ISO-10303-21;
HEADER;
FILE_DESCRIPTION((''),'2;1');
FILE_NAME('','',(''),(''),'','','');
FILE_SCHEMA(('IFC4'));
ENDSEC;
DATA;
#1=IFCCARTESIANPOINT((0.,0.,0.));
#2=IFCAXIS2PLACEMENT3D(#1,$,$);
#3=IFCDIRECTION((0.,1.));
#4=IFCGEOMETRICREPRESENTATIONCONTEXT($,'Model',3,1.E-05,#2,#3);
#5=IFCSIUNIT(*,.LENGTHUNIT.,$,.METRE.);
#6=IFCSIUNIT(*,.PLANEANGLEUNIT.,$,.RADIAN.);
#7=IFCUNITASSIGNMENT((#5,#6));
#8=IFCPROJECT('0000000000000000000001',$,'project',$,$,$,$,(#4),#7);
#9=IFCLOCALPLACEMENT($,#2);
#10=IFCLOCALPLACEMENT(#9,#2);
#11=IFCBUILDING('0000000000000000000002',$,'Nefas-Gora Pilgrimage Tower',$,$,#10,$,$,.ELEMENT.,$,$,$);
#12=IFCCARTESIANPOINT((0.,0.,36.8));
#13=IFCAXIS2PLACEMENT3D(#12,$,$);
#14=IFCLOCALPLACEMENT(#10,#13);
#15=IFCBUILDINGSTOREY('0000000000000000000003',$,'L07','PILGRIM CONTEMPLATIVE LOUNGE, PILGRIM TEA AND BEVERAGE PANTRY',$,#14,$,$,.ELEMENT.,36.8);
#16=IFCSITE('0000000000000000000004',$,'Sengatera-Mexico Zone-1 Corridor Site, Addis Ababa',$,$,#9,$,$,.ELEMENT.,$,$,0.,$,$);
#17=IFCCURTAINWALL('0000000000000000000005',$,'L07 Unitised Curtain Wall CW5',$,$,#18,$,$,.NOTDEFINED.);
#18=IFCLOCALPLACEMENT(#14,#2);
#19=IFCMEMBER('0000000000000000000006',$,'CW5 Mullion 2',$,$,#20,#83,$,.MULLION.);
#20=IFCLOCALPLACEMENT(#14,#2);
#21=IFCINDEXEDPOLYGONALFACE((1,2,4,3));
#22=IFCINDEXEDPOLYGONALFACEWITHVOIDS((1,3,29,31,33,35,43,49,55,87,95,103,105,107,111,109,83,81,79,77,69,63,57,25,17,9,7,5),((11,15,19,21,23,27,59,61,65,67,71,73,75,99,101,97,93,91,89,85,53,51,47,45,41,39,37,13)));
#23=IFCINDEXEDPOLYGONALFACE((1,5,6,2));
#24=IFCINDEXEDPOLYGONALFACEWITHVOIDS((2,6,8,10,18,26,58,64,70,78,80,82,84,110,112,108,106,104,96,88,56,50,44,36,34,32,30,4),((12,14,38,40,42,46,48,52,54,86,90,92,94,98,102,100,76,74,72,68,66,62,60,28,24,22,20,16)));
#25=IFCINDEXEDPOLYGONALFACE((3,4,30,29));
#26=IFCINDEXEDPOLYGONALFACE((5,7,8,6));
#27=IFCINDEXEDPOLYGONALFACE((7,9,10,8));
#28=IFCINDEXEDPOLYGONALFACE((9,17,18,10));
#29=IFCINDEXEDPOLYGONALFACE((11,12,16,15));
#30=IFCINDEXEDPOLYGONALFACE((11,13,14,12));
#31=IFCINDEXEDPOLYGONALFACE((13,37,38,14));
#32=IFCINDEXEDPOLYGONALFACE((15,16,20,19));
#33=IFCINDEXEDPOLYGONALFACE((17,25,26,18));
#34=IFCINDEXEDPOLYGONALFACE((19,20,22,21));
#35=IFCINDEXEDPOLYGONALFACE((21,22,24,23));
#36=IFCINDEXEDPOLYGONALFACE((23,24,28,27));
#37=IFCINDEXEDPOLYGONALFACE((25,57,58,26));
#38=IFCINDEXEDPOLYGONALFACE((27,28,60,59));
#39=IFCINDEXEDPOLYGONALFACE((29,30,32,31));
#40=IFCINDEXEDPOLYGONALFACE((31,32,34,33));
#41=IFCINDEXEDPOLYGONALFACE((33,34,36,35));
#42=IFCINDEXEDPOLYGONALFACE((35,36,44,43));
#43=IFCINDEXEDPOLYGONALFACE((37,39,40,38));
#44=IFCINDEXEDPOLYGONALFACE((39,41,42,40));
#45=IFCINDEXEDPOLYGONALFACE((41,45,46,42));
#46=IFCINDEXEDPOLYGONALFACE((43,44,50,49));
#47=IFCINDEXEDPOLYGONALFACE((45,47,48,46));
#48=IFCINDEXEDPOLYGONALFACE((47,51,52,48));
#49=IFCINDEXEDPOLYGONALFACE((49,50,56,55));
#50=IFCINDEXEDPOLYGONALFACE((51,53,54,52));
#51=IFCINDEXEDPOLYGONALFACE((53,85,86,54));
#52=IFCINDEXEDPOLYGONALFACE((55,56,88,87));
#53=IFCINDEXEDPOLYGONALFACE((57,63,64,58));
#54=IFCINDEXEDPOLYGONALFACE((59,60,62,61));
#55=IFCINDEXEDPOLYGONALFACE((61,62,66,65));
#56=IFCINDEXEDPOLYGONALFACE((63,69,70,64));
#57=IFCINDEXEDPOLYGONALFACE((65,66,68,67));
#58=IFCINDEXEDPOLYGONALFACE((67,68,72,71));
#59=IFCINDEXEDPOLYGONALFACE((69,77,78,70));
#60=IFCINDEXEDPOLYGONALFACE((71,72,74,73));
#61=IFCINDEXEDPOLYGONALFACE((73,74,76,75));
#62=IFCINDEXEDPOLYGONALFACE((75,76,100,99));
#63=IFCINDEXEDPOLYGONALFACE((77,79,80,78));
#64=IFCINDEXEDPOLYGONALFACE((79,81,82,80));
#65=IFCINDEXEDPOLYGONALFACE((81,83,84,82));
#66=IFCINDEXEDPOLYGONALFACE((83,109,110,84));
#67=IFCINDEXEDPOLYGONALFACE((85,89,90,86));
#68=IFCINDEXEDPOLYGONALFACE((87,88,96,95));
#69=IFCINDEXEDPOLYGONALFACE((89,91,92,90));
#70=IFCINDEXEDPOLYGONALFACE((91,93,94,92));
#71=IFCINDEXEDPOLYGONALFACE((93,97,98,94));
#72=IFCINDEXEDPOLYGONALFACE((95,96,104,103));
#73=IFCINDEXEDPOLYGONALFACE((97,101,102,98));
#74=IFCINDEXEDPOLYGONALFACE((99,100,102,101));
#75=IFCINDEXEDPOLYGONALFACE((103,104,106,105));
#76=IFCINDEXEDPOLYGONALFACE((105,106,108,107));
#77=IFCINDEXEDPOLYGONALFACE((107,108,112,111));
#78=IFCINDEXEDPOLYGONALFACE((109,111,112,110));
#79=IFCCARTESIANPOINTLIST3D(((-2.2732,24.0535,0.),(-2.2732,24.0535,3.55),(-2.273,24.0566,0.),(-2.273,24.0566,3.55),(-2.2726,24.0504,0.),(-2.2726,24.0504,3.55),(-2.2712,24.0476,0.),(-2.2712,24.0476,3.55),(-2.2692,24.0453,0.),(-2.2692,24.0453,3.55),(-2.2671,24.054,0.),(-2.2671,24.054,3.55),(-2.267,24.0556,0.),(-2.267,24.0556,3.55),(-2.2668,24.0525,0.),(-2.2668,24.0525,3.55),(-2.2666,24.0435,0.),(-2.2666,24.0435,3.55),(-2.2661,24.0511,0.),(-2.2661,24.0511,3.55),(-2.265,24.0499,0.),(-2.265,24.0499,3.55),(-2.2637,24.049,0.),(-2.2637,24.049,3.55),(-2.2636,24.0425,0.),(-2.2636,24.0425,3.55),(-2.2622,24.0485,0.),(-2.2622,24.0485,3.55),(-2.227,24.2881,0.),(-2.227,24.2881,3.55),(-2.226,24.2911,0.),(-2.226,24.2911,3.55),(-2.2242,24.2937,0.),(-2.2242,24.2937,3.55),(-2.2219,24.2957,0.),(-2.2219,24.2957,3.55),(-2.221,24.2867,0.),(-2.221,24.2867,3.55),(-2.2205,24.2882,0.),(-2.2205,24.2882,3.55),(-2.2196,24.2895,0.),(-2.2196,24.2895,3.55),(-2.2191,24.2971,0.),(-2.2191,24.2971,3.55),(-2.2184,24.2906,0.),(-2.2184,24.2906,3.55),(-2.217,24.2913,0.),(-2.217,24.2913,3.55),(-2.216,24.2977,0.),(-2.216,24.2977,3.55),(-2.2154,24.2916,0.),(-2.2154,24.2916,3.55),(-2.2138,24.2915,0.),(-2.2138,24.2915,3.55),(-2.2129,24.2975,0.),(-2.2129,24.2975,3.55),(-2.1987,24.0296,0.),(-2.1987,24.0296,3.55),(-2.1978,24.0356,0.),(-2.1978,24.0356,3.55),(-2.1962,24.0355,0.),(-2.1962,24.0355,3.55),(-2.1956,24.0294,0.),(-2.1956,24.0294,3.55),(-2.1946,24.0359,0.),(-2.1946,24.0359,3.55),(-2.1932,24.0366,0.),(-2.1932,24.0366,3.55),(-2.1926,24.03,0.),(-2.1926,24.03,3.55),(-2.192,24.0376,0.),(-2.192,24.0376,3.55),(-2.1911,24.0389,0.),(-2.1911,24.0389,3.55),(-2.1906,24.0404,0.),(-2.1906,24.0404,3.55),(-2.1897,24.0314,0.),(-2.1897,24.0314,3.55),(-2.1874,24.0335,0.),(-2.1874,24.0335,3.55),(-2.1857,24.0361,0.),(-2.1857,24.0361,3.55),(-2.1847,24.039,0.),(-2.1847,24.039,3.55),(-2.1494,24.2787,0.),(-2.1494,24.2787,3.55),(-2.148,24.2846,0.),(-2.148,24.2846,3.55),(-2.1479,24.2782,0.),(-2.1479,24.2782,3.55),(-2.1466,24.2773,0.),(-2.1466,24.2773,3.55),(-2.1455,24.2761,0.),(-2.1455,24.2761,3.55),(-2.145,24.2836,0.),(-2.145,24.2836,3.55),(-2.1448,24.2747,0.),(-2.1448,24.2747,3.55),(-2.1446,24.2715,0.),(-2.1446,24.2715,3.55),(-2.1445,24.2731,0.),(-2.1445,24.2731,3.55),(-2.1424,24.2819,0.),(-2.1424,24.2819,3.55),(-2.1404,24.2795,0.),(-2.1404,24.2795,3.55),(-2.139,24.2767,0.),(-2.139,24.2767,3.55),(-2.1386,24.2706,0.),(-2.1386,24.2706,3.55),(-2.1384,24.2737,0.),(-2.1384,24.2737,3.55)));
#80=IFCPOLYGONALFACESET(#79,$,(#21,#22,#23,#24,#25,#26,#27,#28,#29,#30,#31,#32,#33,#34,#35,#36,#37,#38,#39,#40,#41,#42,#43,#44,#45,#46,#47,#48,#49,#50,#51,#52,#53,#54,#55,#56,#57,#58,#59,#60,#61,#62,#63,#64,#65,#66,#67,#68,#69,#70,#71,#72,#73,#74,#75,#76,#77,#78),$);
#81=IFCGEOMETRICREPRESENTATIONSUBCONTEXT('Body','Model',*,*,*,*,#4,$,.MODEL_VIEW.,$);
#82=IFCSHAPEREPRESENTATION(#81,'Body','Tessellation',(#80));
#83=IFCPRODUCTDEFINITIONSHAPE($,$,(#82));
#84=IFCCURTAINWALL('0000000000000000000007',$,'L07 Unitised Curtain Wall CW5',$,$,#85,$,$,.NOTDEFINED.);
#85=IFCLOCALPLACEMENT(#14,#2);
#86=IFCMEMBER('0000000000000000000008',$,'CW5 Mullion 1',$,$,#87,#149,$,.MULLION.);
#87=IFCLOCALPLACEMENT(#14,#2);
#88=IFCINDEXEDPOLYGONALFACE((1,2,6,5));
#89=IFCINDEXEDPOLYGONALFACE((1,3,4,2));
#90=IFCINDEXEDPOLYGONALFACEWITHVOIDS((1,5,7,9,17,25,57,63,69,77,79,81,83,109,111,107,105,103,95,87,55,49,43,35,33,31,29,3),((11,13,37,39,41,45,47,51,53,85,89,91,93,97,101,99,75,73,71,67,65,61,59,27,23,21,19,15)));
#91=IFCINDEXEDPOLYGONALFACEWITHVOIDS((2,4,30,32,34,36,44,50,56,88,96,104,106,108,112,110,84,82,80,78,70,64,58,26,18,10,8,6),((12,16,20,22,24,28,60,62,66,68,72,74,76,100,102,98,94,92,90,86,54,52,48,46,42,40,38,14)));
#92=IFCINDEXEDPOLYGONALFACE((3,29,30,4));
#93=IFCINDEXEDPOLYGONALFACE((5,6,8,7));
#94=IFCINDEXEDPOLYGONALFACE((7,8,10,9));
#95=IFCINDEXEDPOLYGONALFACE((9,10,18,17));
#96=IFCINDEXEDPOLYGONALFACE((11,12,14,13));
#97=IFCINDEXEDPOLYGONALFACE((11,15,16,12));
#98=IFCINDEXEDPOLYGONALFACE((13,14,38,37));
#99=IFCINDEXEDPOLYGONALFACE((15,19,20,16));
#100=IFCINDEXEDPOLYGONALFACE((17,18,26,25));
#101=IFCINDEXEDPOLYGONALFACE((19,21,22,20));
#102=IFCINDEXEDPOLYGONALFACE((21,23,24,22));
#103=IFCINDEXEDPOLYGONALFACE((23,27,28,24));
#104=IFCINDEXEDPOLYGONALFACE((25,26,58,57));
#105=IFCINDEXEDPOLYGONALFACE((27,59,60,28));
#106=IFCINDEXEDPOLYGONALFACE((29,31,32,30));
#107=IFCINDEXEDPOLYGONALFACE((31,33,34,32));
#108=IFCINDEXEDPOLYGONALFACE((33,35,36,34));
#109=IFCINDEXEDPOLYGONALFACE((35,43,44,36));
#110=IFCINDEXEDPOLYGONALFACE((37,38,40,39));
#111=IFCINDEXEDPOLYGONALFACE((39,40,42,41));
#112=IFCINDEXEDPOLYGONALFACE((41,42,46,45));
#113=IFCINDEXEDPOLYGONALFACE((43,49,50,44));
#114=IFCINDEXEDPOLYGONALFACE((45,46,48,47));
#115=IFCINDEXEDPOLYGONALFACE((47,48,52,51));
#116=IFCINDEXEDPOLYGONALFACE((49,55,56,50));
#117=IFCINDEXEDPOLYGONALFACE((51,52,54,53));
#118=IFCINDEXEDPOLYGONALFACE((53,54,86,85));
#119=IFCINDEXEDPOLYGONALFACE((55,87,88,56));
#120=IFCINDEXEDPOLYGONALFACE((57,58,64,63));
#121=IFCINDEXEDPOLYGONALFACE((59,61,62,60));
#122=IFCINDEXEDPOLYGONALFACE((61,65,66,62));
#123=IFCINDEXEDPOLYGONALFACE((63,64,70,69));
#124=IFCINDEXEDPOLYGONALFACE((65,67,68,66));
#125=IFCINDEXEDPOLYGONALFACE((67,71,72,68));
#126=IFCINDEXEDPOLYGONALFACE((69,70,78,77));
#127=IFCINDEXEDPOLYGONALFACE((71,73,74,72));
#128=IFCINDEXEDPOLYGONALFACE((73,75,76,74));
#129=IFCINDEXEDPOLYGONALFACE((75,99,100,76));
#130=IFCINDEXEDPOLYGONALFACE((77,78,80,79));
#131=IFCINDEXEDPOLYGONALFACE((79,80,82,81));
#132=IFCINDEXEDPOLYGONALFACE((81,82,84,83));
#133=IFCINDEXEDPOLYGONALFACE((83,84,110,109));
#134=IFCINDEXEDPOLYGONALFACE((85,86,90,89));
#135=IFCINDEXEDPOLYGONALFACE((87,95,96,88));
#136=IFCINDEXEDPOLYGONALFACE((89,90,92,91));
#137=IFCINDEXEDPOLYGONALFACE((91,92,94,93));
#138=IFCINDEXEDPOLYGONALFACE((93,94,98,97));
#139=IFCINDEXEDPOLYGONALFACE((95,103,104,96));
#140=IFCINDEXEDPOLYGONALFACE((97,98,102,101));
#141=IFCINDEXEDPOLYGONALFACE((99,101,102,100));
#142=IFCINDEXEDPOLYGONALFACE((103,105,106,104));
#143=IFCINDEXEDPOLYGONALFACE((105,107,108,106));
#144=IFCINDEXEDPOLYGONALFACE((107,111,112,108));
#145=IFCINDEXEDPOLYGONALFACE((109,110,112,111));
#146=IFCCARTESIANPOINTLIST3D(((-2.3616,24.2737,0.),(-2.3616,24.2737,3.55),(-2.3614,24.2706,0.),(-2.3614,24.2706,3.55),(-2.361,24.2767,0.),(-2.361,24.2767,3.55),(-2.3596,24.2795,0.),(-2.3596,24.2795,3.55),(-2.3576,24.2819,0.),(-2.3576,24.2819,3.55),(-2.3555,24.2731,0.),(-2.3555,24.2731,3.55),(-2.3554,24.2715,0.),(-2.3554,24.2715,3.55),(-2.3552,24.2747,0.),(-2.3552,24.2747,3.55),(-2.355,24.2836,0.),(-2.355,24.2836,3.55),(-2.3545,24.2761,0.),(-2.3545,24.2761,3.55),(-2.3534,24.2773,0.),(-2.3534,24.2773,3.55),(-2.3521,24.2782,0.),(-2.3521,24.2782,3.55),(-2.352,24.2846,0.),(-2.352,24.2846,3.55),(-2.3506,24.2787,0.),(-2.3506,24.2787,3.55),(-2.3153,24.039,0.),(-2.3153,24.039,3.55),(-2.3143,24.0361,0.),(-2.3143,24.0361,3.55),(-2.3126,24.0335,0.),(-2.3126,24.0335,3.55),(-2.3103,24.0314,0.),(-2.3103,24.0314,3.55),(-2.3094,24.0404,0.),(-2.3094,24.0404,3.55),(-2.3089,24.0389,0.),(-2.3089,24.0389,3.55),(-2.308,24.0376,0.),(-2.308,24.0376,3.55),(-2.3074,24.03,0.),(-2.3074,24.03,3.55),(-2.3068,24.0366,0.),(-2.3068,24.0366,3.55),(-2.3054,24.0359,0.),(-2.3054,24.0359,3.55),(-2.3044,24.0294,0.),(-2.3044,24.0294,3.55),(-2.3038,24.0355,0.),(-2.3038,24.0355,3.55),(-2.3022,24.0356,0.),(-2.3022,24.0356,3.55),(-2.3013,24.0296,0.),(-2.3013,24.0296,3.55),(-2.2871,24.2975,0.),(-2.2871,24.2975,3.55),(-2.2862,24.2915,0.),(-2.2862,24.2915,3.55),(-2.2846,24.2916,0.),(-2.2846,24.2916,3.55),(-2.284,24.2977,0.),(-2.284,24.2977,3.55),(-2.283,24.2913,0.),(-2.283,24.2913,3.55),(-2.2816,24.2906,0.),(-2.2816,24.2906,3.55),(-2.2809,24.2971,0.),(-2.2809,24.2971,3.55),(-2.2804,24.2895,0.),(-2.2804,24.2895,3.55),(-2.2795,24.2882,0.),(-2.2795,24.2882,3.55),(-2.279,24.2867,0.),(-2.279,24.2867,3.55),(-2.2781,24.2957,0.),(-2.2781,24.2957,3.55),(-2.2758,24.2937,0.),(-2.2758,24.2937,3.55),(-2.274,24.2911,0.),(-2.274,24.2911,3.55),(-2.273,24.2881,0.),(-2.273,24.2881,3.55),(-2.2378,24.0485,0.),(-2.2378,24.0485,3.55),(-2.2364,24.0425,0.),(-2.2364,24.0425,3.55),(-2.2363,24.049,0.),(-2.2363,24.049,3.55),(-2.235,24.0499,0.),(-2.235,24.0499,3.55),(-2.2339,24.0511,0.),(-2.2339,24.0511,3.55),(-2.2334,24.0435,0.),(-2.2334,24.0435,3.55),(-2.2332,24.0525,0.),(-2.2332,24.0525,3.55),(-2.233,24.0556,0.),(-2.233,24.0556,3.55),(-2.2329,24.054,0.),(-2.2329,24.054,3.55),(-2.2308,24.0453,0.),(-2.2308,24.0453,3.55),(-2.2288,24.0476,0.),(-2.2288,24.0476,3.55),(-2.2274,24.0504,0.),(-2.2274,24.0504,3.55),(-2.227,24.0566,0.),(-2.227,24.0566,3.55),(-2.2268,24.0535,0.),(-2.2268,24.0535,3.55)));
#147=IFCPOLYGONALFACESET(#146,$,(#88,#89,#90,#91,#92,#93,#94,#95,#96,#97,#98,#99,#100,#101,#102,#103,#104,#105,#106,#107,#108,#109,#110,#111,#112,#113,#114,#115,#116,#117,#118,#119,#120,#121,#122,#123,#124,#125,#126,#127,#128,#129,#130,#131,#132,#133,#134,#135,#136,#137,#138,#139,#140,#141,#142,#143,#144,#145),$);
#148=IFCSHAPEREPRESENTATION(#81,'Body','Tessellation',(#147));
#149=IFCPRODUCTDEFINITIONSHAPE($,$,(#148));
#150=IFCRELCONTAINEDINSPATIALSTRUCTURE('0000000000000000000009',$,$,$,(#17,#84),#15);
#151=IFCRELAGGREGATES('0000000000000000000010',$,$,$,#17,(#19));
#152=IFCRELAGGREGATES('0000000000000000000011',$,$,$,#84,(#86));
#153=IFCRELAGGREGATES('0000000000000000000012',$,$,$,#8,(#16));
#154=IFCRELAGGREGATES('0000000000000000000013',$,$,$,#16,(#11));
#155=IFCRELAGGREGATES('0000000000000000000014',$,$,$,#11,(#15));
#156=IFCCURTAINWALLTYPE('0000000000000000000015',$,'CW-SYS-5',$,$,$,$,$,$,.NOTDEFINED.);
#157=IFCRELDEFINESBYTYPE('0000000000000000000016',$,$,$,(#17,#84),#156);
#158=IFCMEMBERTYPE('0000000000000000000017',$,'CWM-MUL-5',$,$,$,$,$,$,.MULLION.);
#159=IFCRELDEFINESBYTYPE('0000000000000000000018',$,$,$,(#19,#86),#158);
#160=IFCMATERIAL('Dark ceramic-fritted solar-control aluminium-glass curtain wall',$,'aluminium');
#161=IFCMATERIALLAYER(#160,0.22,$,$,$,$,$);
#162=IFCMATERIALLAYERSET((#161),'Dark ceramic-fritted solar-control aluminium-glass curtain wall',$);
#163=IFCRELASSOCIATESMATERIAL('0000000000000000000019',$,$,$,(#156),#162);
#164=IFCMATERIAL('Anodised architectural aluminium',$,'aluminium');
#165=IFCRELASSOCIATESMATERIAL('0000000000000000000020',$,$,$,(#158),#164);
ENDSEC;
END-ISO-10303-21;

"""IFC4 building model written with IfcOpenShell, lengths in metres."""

from ifc_helpers import new_model, si_unit, direction, frame, origin, origin_2d, place, context, subcontext, project, spatial, hollow_rectangle, extrude, source, transform, mapped, material, layer, layer_set, material_profile, profile_set, type_object, element, aggregate, save


model = new_model("IFC4")

# Units and contexts
model_context = context("Model", 3, precision=1e-05, world=origin(), true_north=direction((0.0, 1.0)))
body_context = subcontext(model_context, "Body", "Model", "MODEL_VIEW")
ifc_project = project(units=[si_unit("LENGTHUNIT", "METRE"), si_unit("PLANEANGLEUNIT", "RADIAN")], contexts=[model_context])

# Site, building, storey
site_placement = place(None, origin())
site = spatial("IfcSite", under=ifc_project, at=site_placement, Name="Sengatera-Mexico Zone-1 Corridor Site, Addis Ababa", CompositionType="ELEMENT", RefElevation=0.0)
building_placement = place(site_placement, origin())
building = spatial("IfcBuilding", under=site, at=building_placement, Name="Nefas-Gora Pilgrimage Tower", CompositionType="ELEMENT")
storey_placement = place(building_placement, frame((0.0, 0.0, 36.8)))
storey = spatial("IfcBuildingStorey", under=building, at=storey_placement, Name="L07", Description="PILGRIM CONTEMPLATIVE LOUNGE, PILGRIM TEA AND BEVERAGE PANTRY", CompositionType="ELEMENT", Elevation=36.8)

# Curtain wall, member
ifc_material_1 = material(Name="Dark ceramic-fritted solar-control aluminium-glass curtain wall", Category="aluminium")
ifc_layer_1 = layer(ifc_material_1, 0.22)
ifc_layer_set_1 = layer_set([ifc_layer_1], Name="Dark ceramic-fritted solar-control aluminium-glass curtain wall")
curtain_wall_type = type_object("IfcCurtainWallType", Name="CW-SYS-5", PredefinedType="NOTDEFINED", material=ifc_layer_set_1)
curtain_wall_1_placement = place(storey_placement, origin())
curtain_wall_1 = element("IfcCurtainWall", 1, at=curtain_wall_1_placement, inside=storey, type_object=curtain_wall_type, Name="L07 Unitised Curtain Wall CW5", PredefinedType="NOTDEFINED")
ifc_material_2 = material(Name="Anodised architectural aluminium", Category="aluminium")
ifc_material_profile_1 = material_profile(ifc_material_2, hollow_rectangle(XDim=0.0901, YDim=0.26, WallThickness=0.0061, InnerFilletRadius=0.0061, OuterFilletRadius=0.012, at=origin_2d()), Name="ALU MULLION 90x260")
ifc_profile_set_1 = profile_set([ifc_material_profile_1], Name="Anodised architectural aluminium")
member_type_1 = type_object("IfcMemberType", Name="CWM-MUL-5", PredefinedType="MULLION", material=ifc_profile_set_1)
shared_shape_1 = source(origin(), body_context, "Body", "SweptSolid", [
    extrude(hollow_rectangle(XDim=0.0901, YDim=0.26, WallThickness=0.0061, InnerFilletRadius=0.0061, OuterFilletRadius=0.012, at=origin_2d()), origin(), (0.0, 0.0, 1.0), 3.55),
])
member_1_placement = place(storey_placement, frame((-2.2058, 24.1636, 0.0), z_axis=(0.0, 0.0, 1.0), x_axis=(-0.980783, 0.195102, 0.0)))
member_1 = element("IfcMember", 2, at=member_1_placement, type_object=member_type_1, Name="CW5 Mullion 2", PredefinedType="MULLION", context=body_context, shape_type="MappedRepresentation", body=[
    mapped(shared_shape_1, transform((0.0, 0.0, 0.0), x_axis=(1.0, 0.0, 0.0), y_axis=(0.0, 1.0, 0.0), z_axis=(0.0, 0.0, 1.0), scale=1.0)),
])

# Curtain wall, member
curtain_wall_2_placement = place(storey_placement, origin())
curtain_wall_2 = element("IfcCurtainWall", 3, at=curtain_wall_2_placement, inside=storey, type_object=curtain_wall_type, Name="L07 Unitised Curtain Wall CW5", PredefinedType="NOTDEFINED")
member_2_placement = place(storey_placement, frame((-2.2942, 24.1636, 0.0), z_axis=(0.0, 0.0, 1.0), x_axis=(-0.980783, -0.195102, 0.0)))
member_2 = element("IfcMember", 4, at=member_2_placement, type_object=member_type_1, Name="CW5 Mullion 1", PredefinedType="MULLION", context=body_context, shape_type="MappedRepresentation", body=[
    mapped(shared_shape_1, transform((0.0, 0.0, 0.0), x_axis=(1.0, 0.0, 0.0), y_axis=(0.0, 1.0, 0.0), z_axis=(0.0, 0.0, 1.0), scale=1.0)),
])

aggregate(curtain_wall_1, [member_1])
aggregate(curtain_wall_2, [member_2])

save(model, "model.ifc")
